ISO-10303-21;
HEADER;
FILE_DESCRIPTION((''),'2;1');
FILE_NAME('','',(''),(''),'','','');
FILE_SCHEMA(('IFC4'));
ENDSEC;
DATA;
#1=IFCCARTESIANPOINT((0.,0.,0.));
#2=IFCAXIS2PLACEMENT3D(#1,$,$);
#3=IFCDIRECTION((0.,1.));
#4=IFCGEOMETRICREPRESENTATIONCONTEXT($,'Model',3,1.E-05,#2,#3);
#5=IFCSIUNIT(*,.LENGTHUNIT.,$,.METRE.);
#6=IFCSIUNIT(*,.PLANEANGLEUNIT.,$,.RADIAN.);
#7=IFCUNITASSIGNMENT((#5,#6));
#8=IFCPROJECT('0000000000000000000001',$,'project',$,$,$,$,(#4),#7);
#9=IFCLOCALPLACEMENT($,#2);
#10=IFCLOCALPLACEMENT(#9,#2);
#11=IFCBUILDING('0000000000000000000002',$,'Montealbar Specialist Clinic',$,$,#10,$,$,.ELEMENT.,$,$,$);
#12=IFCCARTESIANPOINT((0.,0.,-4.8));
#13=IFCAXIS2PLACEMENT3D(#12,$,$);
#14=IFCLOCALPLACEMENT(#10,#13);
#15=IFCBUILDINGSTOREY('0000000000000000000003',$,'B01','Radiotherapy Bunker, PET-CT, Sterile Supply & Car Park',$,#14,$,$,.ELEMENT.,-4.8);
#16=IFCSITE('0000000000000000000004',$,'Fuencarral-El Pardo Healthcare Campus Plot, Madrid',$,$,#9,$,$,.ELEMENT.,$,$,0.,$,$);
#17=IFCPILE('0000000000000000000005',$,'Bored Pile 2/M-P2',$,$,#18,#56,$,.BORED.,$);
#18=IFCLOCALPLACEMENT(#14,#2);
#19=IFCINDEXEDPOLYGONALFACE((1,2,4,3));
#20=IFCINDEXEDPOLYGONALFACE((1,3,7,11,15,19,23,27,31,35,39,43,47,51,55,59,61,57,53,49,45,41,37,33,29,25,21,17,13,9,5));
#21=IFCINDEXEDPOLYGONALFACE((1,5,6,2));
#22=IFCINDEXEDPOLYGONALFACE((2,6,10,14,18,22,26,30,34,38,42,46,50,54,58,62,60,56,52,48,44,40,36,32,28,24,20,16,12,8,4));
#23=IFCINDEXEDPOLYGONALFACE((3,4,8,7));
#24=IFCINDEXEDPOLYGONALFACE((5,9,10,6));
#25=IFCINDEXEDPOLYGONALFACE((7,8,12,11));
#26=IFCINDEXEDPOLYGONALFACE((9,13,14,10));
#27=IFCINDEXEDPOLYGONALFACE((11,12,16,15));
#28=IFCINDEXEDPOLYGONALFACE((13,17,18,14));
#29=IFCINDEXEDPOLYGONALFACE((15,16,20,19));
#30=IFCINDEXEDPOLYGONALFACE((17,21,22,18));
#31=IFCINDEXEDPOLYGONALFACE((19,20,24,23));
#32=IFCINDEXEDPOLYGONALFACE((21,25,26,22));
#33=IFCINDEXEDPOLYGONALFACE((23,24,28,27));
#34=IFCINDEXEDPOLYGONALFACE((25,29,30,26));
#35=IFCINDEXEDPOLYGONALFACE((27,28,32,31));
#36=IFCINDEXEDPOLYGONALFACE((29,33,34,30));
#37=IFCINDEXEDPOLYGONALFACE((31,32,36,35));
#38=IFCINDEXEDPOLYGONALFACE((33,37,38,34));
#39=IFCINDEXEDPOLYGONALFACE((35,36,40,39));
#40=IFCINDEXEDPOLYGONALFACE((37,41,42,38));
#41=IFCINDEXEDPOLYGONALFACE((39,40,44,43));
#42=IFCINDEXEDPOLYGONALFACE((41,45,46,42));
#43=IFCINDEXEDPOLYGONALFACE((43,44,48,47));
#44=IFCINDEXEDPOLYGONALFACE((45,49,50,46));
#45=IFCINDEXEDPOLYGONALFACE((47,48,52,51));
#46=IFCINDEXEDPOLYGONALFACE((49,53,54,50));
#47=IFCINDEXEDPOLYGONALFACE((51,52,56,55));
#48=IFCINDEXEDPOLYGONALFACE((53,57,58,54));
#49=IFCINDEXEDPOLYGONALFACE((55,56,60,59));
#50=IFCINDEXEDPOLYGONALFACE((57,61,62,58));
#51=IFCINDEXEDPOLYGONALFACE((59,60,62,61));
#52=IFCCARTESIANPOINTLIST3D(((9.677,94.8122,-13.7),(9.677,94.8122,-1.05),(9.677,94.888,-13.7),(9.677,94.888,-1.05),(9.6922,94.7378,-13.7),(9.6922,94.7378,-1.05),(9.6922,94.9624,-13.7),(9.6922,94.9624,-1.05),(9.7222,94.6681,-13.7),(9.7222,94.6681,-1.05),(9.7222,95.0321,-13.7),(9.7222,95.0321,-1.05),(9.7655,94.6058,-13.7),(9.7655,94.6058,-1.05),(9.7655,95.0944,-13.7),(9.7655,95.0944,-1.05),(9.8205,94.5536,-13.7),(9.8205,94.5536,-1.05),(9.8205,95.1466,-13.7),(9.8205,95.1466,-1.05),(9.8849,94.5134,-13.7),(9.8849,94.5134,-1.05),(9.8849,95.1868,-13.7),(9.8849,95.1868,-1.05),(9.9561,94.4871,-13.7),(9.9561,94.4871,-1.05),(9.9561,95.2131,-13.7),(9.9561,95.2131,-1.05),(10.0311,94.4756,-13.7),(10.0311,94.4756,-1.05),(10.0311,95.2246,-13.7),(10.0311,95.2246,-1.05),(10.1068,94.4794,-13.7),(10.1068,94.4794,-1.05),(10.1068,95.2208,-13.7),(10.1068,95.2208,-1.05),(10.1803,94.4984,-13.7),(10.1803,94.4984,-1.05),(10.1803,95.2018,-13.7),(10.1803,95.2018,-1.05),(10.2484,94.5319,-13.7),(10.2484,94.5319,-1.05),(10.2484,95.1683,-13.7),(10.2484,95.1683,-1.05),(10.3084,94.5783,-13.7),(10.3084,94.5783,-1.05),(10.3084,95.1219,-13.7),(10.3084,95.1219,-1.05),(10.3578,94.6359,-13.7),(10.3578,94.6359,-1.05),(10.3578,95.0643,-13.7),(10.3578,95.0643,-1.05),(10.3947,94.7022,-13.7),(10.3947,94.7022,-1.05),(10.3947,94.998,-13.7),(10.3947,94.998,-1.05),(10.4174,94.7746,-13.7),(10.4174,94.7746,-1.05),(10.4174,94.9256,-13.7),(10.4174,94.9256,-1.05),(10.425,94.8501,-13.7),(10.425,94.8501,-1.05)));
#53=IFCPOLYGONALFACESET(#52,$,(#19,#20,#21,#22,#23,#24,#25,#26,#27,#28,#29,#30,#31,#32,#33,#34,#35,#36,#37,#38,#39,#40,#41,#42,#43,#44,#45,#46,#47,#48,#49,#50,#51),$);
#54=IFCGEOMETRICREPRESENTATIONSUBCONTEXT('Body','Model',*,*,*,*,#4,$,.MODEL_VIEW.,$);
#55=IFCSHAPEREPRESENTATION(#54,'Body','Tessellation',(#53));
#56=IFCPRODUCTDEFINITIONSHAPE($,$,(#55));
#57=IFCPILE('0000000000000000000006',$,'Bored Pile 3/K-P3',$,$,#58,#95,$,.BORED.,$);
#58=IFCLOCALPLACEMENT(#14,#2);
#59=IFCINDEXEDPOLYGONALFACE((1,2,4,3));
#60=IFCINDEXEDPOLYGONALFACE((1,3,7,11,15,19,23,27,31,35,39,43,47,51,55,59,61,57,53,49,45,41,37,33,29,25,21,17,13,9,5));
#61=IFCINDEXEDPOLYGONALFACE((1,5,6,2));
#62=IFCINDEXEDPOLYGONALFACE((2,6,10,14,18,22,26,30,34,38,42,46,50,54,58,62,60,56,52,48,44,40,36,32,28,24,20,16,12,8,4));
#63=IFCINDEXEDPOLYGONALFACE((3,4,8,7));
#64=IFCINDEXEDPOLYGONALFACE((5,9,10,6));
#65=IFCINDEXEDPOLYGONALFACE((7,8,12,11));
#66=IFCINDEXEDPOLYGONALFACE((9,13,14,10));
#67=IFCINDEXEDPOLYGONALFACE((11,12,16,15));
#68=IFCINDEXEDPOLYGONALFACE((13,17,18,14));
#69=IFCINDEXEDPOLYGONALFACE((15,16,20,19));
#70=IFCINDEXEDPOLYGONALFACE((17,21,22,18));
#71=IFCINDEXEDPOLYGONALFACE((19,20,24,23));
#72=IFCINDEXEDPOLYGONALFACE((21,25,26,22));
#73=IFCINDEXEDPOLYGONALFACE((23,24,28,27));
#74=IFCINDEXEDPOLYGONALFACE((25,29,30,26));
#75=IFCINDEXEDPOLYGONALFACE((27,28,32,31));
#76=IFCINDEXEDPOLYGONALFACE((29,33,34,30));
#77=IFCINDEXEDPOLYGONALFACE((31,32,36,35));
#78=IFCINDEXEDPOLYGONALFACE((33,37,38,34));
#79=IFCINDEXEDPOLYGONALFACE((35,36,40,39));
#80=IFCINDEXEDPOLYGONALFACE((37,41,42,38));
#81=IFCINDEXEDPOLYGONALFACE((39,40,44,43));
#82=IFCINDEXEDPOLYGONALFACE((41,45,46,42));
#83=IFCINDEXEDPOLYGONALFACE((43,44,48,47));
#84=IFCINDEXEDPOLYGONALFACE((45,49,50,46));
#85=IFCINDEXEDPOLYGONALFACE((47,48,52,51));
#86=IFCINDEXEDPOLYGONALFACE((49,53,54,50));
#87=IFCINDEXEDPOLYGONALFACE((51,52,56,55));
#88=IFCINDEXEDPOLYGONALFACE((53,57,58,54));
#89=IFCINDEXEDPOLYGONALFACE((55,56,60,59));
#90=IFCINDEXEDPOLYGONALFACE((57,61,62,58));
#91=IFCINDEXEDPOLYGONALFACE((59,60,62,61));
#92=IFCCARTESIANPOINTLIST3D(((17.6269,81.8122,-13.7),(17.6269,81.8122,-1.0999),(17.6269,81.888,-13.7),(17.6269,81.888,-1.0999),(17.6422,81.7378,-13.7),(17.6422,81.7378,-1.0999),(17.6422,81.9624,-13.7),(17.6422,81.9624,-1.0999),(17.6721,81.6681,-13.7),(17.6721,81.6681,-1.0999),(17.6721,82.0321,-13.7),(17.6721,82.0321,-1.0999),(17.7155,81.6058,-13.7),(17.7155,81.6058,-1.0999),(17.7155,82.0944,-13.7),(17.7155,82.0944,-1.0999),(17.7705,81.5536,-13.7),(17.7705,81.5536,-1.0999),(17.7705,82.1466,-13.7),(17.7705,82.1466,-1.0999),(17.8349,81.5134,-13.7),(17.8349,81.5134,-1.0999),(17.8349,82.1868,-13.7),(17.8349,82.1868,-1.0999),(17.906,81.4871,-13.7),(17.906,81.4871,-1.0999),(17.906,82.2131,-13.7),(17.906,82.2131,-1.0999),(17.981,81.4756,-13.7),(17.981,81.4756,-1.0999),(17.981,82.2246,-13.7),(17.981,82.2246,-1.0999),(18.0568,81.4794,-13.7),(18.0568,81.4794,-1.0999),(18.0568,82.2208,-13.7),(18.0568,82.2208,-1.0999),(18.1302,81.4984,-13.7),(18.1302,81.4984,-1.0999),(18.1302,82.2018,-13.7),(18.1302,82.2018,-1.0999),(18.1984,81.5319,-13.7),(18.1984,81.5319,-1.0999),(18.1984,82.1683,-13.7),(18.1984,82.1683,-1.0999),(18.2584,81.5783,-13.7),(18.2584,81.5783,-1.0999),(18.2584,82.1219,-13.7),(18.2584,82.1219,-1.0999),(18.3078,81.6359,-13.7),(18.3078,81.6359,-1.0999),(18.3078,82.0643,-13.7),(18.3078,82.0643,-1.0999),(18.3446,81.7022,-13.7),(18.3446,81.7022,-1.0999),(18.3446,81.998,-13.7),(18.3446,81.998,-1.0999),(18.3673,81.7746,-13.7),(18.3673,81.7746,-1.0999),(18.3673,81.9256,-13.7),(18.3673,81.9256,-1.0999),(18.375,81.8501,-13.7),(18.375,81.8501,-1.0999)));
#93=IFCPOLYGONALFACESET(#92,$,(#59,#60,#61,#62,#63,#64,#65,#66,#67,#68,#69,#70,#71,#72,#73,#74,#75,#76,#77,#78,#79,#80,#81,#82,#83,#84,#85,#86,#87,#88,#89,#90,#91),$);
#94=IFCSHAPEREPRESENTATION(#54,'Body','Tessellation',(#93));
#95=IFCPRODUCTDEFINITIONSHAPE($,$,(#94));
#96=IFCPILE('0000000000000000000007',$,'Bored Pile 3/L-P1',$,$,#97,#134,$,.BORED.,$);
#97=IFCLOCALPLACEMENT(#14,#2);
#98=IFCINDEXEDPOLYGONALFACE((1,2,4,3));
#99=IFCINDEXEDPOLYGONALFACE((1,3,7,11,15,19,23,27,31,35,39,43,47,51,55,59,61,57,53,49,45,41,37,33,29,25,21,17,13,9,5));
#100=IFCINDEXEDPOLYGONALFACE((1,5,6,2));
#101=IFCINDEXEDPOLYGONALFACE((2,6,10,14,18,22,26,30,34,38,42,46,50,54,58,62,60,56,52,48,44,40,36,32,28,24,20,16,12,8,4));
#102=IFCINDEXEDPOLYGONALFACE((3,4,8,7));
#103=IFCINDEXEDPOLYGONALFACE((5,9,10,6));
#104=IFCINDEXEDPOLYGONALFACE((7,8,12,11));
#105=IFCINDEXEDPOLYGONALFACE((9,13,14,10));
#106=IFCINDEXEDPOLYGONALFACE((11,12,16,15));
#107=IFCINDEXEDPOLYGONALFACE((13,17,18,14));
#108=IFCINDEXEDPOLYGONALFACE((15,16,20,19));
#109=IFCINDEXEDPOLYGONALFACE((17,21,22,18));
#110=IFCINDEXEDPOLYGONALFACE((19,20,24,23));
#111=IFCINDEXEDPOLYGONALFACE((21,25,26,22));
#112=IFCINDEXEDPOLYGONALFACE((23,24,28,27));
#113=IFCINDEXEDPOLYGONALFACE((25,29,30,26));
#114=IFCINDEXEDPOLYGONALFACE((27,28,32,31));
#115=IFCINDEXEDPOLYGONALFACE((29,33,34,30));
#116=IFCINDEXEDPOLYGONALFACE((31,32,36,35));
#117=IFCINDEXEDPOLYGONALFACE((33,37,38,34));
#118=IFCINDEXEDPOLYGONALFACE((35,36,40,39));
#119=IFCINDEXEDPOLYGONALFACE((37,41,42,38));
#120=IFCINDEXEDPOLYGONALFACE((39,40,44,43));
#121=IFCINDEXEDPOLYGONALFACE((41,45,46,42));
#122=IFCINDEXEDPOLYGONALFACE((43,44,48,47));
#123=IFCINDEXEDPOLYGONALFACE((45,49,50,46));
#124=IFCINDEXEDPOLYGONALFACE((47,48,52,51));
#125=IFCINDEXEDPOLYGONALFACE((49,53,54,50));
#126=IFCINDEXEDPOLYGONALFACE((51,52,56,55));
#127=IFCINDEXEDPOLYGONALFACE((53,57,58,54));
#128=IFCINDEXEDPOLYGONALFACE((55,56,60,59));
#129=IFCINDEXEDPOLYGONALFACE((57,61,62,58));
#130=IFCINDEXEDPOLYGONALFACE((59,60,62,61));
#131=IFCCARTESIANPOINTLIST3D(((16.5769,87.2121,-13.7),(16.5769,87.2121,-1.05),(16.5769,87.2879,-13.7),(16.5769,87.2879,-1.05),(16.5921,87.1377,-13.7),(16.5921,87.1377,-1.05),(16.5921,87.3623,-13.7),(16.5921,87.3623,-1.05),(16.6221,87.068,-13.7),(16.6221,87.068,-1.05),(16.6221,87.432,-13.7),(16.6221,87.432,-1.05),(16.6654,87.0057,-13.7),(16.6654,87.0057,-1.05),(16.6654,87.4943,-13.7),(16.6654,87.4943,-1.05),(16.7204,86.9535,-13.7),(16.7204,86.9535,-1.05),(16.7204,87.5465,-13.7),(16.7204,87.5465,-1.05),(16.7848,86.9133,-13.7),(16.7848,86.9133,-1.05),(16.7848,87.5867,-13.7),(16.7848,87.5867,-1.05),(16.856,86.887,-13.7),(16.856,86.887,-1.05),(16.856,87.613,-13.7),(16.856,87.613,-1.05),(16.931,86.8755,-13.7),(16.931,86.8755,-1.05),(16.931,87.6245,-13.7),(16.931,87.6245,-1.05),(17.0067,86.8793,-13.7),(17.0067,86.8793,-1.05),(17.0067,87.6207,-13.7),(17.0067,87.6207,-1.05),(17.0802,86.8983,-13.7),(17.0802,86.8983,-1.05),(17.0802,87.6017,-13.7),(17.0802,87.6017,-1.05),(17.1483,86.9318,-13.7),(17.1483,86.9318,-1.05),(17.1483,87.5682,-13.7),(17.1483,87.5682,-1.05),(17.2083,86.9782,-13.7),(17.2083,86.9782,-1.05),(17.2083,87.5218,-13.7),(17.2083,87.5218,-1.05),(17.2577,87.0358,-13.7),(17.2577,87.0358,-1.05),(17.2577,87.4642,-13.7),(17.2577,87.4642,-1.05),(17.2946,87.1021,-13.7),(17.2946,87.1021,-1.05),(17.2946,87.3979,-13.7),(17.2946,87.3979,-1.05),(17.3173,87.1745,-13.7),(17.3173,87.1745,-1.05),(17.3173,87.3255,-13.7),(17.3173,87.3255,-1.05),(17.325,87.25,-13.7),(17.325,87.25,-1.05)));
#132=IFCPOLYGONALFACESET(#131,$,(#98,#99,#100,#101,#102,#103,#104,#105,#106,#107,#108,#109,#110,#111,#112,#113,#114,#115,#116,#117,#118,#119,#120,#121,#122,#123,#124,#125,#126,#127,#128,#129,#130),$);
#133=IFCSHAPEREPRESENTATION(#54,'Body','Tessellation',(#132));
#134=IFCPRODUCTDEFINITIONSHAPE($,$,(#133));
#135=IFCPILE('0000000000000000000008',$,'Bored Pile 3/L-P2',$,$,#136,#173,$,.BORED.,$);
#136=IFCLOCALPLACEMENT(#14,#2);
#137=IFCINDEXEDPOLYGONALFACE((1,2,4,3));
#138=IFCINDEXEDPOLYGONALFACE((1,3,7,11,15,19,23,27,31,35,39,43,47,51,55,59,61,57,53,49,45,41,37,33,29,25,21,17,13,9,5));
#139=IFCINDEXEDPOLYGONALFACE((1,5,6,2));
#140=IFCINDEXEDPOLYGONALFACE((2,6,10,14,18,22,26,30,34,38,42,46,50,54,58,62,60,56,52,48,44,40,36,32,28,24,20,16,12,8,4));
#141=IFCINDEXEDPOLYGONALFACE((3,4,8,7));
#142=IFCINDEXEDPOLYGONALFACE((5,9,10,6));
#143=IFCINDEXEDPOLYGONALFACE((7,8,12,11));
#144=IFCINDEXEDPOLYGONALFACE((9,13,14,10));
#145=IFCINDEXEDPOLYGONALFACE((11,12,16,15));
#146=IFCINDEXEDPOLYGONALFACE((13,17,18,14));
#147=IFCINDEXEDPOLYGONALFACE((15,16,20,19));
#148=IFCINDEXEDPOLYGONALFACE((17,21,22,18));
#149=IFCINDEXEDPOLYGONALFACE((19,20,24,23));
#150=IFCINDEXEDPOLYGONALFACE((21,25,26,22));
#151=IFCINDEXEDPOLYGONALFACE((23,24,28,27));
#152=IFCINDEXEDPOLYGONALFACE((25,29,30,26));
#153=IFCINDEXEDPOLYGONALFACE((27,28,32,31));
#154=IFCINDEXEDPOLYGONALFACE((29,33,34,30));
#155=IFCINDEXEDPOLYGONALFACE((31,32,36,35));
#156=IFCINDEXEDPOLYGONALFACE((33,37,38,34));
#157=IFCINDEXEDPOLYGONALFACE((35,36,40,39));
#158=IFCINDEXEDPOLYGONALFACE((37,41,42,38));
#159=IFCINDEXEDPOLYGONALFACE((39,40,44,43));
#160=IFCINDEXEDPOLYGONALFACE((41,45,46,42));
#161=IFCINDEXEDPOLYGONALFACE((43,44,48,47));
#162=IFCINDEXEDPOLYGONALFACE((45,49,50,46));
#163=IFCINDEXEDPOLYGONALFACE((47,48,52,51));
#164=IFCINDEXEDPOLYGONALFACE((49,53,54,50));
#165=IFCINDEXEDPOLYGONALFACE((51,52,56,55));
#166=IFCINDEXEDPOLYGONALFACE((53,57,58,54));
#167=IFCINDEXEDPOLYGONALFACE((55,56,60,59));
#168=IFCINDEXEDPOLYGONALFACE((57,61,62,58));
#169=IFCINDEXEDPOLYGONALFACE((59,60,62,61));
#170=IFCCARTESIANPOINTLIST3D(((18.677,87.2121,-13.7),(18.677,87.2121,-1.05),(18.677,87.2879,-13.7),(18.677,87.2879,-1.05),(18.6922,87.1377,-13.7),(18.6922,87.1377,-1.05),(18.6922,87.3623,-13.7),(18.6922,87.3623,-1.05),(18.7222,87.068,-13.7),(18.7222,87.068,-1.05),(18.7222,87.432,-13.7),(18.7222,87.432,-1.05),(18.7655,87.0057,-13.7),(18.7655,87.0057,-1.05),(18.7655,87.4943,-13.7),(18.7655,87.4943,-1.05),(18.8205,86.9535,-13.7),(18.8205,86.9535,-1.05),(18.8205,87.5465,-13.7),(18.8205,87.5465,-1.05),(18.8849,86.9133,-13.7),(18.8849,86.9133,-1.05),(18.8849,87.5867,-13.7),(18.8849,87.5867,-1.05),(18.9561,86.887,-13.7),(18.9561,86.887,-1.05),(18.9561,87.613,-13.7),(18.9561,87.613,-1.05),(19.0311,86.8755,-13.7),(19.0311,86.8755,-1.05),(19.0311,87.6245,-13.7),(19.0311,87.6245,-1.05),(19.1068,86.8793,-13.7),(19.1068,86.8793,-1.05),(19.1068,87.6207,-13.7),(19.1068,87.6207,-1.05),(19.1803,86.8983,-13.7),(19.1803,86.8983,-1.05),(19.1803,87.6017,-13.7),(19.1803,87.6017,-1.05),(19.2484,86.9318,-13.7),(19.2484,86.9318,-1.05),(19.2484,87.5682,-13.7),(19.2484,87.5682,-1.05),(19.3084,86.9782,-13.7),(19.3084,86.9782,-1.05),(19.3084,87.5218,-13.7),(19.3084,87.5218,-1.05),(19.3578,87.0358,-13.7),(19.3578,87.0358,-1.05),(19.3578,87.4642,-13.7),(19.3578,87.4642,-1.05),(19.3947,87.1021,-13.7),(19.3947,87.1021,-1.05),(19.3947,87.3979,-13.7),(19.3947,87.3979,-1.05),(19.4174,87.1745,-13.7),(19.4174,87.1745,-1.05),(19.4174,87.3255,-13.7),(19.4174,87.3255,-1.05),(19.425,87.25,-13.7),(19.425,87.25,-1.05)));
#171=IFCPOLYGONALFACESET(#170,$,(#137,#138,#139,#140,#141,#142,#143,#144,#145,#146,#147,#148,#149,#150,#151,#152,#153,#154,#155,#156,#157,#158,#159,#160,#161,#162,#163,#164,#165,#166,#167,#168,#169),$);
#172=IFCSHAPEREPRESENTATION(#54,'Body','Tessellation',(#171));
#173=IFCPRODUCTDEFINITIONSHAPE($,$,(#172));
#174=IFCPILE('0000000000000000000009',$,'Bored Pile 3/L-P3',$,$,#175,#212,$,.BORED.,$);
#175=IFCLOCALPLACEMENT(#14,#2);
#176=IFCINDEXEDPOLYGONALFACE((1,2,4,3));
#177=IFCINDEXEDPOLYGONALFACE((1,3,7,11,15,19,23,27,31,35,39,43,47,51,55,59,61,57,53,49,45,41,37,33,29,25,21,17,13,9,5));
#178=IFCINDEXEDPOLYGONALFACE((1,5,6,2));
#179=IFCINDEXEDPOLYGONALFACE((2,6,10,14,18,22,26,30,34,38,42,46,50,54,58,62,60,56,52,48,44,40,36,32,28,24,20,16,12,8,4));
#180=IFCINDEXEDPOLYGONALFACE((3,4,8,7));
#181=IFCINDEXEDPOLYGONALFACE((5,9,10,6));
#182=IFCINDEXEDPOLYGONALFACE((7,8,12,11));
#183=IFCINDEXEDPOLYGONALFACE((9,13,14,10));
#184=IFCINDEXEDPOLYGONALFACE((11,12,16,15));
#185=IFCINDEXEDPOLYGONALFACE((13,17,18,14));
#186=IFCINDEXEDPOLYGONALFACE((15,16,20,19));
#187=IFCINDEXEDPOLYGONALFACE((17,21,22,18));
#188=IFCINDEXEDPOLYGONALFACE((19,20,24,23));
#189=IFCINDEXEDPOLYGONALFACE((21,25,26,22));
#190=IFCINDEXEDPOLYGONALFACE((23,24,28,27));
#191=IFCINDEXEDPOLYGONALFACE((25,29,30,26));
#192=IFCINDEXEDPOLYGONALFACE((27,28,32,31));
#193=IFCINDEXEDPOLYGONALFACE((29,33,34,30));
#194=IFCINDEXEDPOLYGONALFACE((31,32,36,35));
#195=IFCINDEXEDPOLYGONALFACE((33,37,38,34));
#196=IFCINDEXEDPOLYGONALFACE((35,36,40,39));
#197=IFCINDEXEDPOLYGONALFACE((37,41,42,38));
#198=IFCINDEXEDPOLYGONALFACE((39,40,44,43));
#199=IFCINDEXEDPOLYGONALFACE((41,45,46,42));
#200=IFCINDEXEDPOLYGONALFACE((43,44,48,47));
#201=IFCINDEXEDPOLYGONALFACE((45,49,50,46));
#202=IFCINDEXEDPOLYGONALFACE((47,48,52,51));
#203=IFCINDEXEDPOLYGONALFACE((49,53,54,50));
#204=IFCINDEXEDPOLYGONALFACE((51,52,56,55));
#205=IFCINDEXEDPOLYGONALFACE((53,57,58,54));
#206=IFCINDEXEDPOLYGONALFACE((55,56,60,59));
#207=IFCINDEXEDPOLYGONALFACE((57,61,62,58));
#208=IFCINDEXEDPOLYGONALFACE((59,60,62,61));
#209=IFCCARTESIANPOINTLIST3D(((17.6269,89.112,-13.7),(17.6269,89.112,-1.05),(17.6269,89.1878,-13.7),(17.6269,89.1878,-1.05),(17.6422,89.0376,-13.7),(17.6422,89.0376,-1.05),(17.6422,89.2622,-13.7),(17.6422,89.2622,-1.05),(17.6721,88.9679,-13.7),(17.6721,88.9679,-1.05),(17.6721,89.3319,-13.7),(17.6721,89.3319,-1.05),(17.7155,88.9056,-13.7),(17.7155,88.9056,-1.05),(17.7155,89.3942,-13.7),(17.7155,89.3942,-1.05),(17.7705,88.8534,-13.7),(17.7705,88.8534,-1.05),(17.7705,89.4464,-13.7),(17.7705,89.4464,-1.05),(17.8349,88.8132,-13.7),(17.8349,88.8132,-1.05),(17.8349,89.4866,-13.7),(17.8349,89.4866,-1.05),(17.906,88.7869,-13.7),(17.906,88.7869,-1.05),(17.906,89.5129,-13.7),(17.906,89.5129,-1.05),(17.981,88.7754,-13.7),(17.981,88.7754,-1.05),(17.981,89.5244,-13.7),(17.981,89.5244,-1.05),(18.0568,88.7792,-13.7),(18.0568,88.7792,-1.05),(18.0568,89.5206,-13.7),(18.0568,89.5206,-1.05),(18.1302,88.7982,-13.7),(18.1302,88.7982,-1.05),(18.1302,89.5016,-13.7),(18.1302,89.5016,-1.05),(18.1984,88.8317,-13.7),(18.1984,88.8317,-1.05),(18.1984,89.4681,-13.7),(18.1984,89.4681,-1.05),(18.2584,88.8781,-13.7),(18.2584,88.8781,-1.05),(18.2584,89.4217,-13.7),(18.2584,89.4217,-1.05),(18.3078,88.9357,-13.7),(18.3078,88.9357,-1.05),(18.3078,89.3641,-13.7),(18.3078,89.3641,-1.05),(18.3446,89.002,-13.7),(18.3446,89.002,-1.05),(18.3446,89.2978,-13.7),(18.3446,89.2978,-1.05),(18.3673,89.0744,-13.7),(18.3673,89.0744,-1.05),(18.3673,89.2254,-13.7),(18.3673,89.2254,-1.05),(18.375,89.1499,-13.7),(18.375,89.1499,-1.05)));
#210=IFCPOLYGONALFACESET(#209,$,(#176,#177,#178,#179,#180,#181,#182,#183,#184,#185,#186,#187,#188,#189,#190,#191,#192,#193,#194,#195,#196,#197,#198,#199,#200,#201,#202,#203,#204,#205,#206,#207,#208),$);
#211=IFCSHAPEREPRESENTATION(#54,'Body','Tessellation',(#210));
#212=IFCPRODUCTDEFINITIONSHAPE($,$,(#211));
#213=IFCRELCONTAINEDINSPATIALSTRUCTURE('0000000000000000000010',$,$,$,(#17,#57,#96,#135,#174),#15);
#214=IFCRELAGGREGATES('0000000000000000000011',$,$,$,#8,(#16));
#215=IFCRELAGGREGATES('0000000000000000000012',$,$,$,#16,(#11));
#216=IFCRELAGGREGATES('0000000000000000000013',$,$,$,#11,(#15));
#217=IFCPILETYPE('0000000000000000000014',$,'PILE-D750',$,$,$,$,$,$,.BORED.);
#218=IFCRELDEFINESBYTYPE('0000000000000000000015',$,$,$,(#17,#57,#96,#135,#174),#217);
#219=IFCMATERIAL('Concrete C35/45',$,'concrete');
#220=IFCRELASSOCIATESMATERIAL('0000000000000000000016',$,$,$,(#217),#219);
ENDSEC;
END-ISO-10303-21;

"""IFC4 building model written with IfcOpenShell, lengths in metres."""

from ifc_helpers import new_model, si_unit, direction, frame, origin, origin_2d, place, context, subcontext, project, spatial, circle, extrude, material, material_profile, profile_set, type_object, element, save


model = new_model("IFC4")

# Units and contexts
model_context = context("Model", 3, precision=1e-05, world=origin(), true_north=direction((0.0, 1.0)))
body_context = subcontext(model_context, "Body", "Model", "MODEL_VIEW")
ifc_project = project(units=[si_unit("LENGTHUNIT", "METRE"), si_unit("PLANEANGLEUNIT", "RADIAN")], contexts=[model_context])

# Site, building, storey
site_placement = place(None, origin())
site = spatial("IfcSite", under=ifc_project, at=site_placement, Name="Fuencarral-El Pardo Healthcare Campus Plot, Madrid", CompositionType="ELEMENT", RefElevation=0.0)
building_placement = place(site_placement, origin())
building = spatial("IfcBuilding", under=site, at=building_placement, Name="Montealbar Specialist Clinic", CompositionType="ELEMENT")
storey_placement = place(building_placement, frame((0.0, 0.0, -4.8)))
storey = spatial("IfcBuildingStorey", under=building, at=storey_placement, Name="B01", Description="Radiotherapy Bunker, PET-CT, Sterile Supply & Car Park", CompositionType="ELEMENT", Elevation=-4.8)

# Shared definitions
ifc_material_1 = material(Name="Concrete C35/45", Category="concrete")

# Piles
ifc_material_profile_1 = material_profile(ifc_material_1, circle(Radius=0.375, at=origin_2d()), Name="PILE D750", Category="concrete")
ifc_profile_set_1 = profile_set([ifc_material_profile_1], Name="Concrete C35/45")
pile_type_1 = type_object("IfcPileType", Name="PILE-D750", PredefinedType="BORED", material=ifc_profile_set_1)
for number, where, z_axis, x_axis, name in (
    (1, (10.05, 94.8501, -1.05), (0.0, 0.0, -1.0), (1.0, 0.0, 0.0), "Bored Pile 2/M-P2"),
):
    element("IfcPile", number, at=place(storey_placement, frame(where, z_axis=z_axis, x_axis=x_axis)), inside=storey, type_object=pile_type_1, Name=name, PredefinedType="BORED", context=body_context, shape_type="SweptSolid", body=[
        extrude(circle(Radius=0.375, at=origin_2d()), origin(), (0.0, 0.0, 1.0), 12.6499),
    ])
pile_1_placement = place(storey_placement, frame((18.0, 81.8501, -1.0999), z_axis=(0.0, 0.0, -1.0), x_axis=(1.0, 0.0, 0.0)))
element("IfcPile", 2, at=pile_1_placement, inside=storey, type_object=pile_type_1, Name="Bored Pile 3/K-P3", PredefinedType="BORED", context=body_context, shape_type="SweptSolid", body=[
    extrude(circle(Radius=0.375, at=origin_2d()), origin(), (0.0, 0.0, 1.0), 12.6001),
])
for number, where, z_axis, x_axis, name in (
    (3, (16.95, 87.25, -1.05), (0.0, 0.0, -1.0), (1.0, 0.0, 0.0), "Bored Pile 3/L-P1"),
    (4, (19.05, 87.25, -1.05), (0.0, 0.0, -1.0), (1.0, 0.0, 0.0), "Bored Pile 3/L-P2"),
    (5, (18.0, 89.1499, -1.05), (0.0, 0.0, -1.0), (1.0, 0.0, 0.0), "Bored Pile 3/L-P3"),
):
    element("IfcPile", number, at=place(storey_placement, frame(where, z_axis=z_axis, x_axis=x_axis)), inside=storey, type_object=pile_type_1, Name=name, PredefinedType="BORED", context=body_context, shape_type="SweptSolid", body=[
        extrude(circle(Radius=0.375, at=origin_2d()), origin(), (0.0, 0.0, 1.0), 12.6499),
    ])

save(model, "model.ifc")
